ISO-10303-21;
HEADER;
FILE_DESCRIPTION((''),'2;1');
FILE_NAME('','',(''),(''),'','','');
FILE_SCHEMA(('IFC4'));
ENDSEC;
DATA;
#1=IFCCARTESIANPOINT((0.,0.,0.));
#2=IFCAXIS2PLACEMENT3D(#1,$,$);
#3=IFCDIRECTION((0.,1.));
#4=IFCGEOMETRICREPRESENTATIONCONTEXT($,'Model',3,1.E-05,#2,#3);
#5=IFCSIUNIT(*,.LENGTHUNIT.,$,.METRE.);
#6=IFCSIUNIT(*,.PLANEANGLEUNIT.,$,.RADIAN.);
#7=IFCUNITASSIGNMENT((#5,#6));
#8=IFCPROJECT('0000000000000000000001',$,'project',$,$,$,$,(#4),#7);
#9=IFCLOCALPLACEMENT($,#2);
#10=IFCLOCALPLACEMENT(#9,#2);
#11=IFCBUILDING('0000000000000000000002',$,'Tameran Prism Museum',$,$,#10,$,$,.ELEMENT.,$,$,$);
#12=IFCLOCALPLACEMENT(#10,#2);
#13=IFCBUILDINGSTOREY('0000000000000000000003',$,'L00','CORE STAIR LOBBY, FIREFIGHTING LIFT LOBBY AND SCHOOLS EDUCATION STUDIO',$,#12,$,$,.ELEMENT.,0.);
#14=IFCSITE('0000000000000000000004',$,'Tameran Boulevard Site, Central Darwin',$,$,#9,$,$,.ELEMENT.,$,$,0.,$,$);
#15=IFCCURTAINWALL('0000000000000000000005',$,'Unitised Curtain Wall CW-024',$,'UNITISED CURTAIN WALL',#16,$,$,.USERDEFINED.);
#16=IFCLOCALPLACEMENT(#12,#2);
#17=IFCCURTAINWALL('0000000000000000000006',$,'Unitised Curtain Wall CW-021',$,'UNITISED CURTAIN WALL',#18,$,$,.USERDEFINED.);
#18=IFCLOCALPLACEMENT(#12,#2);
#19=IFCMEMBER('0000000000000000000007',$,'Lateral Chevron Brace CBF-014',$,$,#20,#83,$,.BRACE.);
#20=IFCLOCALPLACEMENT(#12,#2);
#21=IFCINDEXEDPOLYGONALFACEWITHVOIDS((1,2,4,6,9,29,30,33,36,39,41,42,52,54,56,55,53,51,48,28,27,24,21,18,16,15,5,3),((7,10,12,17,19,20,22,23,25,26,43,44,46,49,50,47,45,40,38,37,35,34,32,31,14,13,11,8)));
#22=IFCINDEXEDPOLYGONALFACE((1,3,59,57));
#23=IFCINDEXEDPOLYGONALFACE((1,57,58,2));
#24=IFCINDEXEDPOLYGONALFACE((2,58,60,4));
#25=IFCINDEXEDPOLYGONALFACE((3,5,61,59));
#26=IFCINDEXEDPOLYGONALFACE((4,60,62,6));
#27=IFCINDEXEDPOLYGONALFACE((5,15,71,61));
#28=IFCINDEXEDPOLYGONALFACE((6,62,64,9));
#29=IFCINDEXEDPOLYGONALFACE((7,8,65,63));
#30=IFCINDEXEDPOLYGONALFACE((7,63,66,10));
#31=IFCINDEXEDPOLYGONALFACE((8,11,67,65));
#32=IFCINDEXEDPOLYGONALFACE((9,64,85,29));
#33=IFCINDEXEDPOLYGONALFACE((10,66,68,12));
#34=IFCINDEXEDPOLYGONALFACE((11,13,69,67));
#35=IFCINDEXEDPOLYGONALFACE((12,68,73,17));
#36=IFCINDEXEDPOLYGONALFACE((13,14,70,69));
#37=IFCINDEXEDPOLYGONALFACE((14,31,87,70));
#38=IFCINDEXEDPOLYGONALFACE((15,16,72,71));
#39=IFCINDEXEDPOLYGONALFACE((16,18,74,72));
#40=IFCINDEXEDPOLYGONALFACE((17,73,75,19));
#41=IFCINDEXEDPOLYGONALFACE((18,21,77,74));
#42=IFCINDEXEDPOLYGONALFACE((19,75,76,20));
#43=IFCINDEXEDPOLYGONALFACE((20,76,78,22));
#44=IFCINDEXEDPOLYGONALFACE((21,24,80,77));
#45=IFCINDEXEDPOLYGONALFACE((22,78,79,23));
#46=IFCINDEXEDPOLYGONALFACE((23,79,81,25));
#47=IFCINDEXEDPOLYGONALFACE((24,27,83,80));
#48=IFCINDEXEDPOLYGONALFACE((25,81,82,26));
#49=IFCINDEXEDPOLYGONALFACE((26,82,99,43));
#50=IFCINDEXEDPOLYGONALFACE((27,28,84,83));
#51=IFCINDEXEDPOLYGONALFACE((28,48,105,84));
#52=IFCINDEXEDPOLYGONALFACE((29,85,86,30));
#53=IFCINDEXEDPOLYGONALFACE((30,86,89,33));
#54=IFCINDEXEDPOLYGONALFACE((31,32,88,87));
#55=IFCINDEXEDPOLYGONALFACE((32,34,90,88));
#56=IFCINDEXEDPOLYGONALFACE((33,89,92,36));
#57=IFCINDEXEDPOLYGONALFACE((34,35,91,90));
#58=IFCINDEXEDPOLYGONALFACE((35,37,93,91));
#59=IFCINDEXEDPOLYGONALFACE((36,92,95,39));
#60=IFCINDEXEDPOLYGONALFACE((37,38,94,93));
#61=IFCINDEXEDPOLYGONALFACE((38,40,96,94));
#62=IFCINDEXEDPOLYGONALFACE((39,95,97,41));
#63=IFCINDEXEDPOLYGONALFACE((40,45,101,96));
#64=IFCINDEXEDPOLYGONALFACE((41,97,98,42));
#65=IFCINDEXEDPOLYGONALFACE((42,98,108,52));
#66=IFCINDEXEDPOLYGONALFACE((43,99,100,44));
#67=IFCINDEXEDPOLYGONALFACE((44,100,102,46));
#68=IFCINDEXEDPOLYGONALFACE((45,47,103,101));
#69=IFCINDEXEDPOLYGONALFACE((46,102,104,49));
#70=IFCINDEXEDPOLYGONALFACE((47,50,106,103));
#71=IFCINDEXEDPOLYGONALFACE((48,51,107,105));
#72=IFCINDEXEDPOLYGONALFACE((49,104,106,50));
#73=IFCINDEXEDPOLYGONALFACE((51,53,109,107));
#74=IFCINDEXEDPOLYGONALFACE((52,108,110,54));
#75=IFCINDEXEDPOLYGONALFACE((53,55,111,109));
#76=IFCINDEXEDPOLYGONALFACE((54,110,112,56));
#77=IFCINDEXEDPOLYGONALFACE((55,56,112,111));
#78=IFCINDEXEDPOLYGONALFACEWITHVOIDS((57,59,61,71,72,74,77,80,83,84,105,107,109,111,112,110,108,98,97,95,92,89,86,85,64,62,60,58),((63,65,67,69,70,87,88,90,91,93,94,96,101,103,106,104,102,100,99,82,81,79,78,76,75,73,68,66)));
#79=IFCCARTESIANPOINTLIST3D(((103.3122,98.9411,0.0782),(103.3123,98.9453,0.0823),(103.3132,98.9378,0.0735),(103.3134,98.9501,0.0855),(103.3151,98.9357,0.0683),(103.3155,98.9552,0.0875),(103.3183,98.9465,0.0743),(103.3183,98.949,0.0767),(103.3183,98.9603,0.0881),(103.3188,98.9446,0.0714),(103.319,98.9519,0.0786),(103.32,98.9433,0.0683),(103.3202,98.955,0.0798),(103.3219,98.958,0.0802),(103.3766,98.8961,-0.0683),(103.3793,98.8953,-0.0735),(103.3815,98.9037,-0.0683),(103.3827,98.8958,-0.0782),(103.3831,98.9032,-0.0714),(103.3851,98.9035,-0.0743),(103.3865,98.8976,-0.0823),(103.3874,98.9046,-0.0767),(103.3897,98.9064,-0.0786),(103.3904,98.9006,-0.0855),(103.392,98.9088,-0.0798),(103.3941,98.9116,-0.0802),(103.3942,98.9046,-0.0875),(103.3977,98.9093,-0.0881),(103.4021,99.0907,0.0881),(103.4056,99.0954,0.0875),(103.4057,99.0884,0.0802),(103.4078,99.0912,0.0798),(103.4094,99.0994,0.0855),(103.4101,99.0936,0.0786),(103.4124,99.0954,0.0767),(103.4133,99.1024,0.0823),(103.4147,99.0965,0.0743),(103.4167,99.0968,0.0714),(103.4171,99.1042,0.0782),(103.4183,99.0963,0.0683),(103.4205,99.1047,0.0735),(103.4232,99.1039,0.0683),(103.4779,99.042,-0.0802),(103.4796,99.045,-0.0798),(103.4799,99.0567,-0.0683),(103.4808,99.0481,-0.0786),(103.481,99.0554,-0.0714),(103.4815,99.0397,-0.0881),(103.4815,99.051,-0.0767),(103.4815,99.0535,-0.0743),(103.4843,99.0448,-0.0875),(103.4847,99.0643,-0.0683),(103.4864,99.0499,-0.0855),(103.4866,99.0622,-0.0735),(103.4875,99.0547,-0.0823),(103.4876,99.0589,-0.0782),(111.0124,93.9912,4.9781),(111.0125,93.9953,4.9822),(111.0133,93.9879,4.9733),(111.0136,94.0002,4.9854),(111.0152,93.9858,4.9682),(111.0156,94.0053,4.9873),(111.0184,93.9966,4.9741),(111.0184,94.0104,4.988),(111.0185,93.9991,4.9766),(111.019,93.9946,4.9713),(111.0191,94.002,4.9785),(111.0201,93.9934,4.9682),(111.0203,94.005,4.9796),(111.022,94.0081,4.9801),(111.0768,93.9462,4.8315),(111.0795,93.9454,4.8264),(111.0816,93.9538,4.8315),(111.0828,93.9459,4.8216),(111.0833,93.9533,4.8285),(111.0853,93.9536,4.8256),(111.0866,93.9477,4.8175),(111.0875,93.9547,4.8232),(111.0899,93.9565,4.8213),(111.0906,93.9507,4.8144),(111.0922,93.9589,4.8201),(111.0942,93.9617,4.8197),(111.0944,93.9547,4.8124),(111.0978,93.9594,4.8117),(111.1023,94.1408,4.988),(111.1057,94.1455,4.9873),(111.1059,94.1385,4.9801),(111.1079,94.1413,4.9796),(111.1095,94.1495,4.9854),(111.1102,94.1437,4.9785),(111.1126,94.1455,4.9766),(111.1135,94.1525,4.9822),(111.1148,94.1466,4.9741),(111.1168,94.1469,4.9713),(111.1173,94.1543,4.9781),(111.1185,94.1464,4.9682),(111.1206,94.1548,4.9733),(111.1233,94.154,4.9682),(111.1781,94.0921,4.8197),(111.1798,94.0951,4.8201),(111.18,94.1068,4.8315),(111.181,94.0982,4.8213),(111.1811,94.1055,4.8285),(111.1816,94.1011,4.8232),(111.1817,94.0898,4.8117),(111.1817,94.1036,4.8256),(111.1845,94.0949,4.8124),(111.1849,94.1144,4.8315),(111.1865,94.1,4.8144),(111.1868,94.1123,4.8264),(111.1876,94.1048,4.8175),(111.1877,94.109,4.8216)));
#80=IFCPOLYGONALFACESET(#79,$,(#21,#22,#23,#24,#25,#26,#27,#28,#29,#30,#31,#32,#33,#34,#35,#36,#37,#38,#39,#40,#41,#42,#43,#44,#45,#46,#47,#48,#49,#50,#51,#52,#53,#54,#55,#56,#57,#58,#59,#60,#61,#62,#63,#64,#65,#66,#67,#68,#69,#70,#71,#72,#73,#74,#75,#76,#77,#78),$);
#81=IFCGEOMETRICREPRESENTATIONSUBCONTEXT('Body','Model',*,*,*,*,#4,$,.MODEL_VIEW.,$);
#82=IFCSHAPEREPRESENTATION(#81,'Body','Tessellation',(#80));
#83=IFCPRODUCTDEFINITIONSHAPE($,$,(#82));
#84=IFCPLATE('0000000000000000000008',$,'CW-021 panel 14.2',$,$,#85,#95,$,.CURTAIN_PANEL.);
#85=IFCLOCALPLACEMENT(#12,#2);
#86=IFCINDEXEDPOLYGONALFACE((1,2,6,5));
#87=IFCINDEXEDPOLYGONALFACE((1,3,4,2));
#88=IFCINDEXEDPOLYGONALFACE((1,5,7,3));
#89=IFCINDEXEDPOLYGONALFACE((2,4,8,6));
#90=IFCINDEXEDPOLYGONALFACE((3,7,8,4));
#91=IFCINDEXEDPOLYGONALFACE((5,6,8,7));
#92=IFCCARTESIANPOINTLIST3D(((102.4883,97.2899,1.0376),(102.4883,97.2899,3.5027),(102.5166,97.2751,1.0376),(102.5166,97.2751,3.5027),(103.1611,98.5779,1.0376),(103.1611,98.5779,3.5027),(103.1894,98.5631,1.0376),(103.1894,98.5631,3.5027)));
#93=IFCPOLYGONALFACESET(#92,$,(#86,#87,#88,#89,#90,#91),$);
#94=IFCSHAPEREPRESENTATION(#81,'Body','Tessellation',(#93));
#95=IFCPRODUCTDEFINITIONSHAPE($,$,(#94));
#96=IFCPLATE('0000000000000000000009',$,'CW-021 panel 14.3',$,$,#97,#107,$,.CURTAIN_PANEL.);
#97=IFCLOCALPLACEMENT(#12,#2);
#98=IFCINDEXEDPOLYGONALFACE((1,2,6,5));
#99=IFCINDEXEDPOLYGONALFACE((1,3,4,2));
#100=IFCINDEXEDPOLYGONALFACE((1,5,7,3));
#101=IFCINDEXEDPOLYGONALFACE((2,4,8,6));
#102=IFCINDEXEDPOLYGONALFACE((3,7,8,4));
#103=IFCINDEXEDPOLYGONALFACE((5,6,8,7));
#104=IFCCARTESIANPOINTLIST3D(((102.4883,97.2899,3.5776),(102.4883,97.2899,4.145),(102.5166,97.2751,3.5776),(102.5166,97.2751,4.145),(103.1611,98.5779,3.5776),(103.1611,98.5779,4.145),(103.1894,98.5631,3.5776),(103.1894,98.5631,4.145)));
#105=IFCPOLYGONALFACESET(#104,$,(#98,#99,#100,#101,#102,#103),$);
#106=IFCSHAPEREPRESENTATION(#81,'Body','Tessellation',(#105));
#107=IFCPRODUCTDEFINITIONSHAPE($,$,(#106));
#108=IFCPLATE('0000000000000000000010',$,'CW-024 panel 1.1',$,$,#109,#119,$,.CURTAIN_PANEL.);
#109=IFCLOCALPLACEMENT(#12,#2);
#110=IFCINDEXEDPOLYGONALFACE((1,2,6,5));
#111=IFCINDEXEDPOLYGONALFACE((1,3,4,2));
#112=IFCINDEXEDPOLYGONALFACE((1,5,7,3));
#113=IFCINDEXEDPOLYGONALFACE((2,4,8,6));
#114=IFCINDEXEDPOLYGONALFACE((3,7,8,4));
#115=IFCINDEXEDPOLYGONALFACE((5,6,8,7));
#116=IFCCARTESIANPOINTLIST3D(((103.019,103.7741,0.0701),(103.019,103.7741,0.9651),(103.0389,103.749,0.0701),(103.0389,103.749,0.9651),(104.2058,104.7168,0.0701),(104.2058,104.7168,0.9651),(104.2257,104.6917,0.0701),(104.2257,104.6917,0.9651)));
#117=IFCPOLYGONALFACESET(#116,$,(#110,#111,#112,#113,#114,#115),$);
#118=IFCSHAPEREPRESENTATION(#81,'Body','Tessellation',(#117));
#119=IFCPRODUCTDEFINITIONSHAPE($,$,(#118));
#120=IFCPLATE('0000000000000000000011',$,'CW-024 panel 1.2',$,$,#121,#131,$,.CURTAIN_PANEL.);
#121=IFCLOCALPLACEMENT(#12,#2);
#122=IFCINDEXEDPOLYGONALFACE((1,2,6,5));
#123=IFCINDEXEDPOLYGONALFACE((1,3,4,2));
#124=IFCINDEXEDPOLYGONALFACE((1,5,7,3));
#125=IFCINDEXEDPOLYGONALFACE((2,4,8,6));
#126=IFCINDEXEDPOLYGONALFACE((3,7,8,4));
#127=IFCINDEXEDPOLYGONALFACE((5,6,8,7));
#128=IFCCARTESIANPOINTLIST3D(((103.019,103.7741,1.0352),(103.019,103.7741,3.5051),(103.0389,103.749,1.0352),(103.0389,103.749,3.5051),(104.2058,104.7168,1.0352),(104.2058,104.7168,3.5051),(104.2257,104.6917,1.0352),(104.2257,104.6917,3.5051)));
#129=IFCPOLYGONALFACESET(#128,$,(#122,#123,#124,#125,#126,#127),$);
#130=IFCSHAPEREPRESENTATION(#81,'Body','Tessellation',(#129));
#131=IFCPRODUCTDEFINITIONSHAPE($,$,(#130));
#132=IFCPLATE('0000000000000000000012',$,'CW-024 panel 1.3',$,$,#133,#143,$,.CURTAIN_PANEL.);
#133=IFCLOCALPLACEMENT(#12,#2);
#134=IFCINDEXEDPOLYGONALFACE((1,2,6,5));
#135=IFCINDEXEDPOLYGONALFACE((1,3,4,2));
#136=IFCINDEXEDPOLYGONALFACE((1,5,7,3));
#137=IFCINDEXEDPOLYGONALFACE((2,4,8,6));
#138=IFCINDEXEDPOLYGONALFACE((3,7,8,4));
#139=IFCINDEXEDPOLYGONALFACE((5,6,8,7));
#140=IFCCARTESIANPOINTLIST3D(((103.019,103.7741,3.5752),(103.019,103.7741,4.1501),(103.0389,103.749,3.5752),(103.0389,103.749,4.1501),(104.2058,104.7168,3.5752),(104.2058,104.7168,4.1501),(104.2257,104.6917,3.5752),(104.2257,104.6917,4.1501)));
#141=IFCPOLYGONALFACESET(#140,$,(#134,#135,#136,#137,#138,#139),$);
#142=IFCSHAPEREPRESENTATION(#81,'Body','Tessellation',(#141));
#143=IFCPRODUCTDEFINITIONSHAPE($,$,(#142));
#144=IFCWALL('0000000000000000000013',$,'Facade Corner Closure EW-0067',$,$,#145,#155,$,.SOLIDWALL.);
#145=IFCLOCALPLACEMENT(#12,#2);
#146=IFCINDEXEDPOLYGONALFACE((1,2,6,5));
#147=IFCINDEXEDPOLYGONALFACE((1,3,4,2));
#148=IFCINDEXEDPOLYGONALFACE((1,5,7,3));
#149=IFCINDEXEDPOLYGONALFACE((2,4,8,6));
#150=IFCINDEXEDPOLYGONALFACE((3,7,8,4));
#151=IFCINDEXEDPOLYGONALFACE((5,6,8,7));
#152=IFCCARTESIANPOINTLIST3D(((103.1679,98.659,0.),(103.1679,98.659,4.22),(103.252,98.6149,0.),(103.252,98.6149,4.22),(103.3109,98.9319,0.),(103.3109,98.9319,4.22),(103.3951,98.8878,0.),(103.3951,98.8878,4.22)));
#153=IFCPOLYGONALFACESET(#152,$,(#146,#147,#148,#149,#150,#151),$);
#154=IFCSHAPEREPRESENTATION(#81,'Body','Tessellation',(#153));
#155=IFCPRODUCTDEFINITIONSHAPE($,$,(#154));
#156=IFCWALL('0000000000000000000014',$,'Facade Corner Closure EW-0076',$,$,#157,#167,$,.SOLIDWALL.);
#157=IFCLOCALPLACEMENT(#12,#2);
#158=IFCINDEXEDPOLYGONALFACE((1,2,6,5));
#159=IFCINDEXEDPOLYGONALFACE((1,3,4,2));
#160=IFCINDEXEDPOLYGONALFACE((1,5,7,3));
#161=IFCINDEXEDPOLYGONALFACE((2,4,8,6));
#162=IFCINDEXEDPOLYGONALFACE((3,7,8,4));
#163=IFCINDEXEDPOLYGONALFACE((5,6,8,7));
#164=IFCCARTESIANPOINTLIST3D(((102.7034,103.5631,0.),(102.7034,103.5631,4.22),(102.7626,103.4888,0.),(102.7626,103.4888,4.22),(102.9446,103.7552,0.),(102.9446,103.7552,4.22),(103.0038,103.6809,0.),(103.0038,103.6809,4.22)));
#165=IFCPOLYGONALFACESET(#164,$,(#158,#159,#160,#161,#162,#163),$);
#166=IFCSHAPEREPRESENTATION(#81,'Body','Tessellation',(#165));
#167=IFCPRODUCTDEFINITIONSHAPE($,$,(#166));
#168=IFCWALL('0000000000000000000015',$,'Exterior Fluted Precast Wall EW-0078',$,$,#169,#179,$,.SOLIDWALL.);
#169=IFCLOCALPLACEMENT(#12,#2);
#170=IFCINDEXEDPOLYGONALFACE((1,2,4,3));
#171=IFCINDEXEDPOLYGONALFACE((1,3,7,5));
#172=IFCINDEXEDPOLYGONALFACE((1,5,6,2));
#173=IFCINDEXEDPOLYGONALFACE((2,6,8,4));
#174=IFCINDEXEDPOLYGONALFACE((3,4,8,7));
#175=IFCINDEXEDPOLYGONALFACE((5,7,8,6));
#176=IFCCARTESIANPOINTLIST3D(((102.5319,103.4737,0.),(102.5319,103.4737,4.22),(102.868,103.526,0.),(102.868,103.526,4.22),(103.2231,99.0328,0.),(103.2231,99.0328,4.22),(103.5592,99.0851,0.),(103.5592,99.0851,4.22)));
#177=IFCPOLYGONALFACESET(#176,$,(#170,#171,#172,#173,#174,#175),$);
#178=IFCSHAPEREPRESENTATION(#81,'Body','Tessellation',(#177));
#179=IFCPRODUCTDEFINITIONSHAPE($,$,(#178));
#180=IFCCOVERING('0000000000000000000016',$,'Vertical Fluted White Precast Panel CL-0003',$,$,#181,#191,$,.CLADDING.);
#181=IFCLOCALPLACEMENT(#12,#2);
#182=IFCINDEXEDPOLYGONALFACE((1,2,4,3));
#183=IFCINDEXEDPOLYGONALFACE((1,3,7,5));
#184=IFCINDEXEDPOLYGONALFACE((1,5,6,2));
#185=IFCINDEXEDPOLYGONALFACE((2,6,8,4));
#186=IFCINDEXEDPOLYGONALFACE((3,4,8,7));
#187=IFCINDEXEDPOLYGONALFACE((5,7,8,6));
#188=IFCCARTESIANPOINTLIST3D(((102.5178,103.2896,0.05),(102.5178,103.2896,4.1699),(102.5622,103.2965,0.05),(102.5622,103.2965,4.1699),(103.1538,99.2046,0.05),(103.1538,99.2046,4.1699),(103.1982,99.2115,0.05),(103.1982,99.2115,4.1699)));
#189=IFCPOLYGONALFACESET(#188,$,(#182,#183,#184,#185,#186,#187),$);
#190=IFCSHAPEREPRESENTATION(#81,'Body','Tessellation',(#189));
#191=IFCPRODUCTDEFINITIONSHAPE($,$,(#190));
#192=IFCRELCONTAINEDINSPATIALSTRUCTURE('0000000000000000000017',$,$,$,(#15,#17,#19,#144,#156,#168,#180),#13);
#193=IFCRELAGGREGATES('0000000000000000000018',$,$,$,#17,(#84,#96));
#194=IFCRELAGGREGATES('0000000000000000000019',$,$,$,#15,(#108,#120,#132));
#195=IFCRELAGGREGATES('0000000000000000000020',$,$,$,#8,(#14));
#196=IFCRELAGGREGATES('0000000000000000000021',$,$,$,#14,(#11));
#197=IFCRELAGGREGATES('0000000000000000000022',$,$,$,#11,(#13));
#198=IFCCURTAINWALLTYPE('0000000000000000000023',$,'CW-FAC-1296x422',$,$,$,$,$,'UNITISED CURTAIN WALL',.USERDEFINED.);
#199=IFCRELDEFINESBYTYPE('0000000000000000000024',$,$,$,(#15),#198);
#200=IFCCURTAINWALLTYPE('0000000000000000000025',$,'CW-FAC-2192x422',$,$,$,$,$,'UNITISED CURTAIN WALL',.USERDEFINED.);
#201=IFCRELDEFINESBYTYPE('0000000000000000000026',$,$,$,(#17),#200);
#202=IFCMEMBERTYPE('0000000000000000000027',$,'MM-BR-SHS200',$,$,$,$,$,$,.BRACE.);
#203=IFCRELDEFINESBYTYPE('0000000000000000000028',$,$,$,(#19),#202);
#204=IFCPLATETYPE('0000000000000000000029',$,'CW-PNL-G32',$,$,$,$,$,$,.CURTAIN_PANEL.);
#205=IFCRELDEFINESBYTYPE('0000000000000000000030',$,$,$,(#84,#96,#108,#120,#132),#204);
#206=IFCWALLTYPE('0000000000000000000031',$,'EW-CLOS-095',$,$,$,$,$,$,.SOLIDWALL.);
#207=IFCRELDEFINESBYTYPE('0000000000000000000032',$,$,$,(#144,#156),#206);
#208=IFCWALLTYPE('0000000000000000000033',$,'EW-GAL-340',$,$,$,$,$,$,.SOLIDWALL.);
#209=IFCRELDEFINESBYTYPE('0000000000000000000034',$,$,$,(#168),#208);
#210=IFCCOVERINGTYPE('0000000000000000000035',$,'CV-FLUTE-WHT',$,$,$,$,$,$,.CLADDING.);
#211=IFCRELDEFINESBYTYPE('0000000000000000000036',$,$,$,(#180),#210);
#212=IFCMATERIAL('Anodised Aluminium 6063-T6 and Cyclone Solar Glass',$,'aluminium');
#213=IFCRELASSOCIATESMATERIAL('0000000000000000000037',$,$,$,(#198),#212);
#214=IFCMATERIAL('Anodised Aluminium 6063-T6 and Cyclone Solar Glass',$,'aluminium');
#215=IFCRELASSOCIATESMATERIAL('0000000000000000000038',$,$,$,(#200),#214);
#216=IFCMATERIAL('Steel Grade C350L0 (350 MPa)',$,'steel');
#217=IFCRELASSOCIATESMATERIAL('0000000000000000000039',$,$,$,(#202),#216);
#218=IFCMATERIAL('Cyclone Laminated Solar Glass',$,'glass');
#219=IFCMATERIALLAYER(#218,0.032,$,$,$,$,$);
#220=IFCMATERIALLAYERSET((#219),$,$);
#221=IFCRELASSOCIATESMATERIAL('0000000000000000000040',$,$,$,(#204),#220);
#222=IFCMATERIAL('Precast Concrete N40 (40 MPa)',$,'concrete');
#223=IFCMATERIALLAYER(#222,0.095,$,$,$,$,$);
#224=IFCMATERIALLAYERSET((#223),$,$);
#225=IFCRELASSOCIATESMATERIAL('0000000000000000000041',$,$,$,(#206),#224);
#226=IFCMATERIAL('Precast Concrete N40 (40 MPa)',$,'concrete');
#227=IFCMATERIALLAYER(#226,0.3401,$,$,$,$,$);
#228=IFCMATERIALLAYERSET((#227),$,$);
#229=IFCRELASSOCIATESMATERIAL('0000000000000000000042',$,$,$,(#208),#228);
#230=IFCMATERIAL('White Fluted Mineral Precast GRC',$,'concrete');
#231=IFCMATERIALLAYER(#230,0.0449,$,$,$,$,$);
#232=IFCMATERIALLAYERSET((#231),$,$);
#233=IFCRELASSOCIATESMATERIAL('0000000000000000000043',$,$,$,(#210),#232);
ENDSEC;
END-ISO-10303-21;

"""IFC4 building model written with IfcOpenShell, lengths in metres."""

from ifc_helpers import new_model, si_unit, direction, frame, frame_2d, origin, origin_2d, place, context, subcontext, project, spatial, rectangle, hollow_rectangle, extrude, material, layer, layer_set, material_profile, profile_set, type_object, element, aggregate, save


model = new_model("IFC4")

# Units and contexts
model_context = context("Model", 3, precision=1e-05, world=origin(), true_north=direction((0.0, 1.0)))
body_context = subcontext(model_context, "Body", "Model", "MODEL_VIEW")
ifc_project = project(units=[si_unit("LENGTHUNIT", "METRE"), si_unit("PLANEANGLEUNIT", "RADIAN")], contexts=[model_context])

# Site, building, storey
site_placement = place(None, origin())
site = spatial("IfcSite", under=ifc_project, at=site_placement, Name="Tameran Boulevard Site, Central Darwin", CompositionType="ELEMENT", RefElevation=0.0)
building_placement = place(site_placement, origin())
building = spatial("IfcBuilding", under=site, at=building_placement, Name="Tameran Prism Museum", CompositionType="ELEMENT")
storey_placement = place(building_placement, origin())
storey = spatial("IfcBuildingStorey", under=building, at=storey_placement, Name="L00", Description="CORE STAIR LOBBY, FIREFIGHTING LIFT LOBBY AND SCHOOLS EDUCATION STUDIO", CompositionType="ELEMENT", Elevation=0.0)

# Curtain wall
ifc_material_1 = material(Name="Anodised Aluminium 6063-T6 and Cyclone Solar Glass", Category="aluminium")
curtain_wall_type_1 = type_object("IfcCurtainWallType", Name="CW-FAC-1296x422", ElementType="UNITISED CURTAIN WALL", PredefinedType="USERDEFINED", material=ifc_material_1)
curtain_wall_1_placement = place(storey_placement, origin())
curtain_wall_1 = element("IfcCurtainWall", 1, at=curtain_wall_1_placement, inside=storey, type_object=curtain_wall_type_1, Name="Unitised Curtain Wall CW-024", ObjectType="UNITISED CURTAIN WALL", PredefinedType="USERDEFINED")

# Curtain wall
ifc_material_2 = material(Name="Anodised Aluminium 6063-T6 and Cyclone Solar Glass", Category="aluminium")
curtain_wall_type_2 = type_object("IfcCurtainWallType", Name="CW-FAC-2192x422", ElementType="UNITISED CURTAIN WALL", PredefinedType="USERDEFINED", material=ifc_material_2)
curtain_wall_2_placement = place(storey_placement, origin())
curtain_wall_2 = element("IfcCurtainWall", 2, at=curtain_wall_2_placement, inside=storey, type_object=curtain_wall_type_2, Name="Unitised Curtain Wall CW-021", ObjectType="UNITISED CURTAIN WALL", PredefinedType="USERDEFINED")

# Member
ifc_material_3 = material(Name="Steel Grade C350L0 (350 MPa)", Category="steel")
ifc_material_profile_1 = material_profile(ifc_material_3, hollow_rectangle(XDim=0.2, YDim=0.2, WallThickness=0.009, InnerFilletRadius=0.0134, OuterFilletRadius=0.0225, at=origin_2d()))
ifc_profile_set_1 = profile_set([ifc_material_profile_1])
member_type_1 = type_object("IfcMemberType", Name="MM-BR-SHS200", PredefinedType="BRACE", material=ifc_profile_set_1)
member_1_placement = place(storey_placement, frame((103.3999, 99.0, 0.0), z_axis=(0.741625, -0.476742, 0.471922), x_axis=(0.540744, 0.841187, 0.0)))
element("IfcMember", 3, at=member_1_placement, inside=storey, type_object=member_type_1, Name="Lateral Chevron Brace CBF-014", PredefinedType="BRACE", context=body_context, shape_type="SweptSolid", body=[
    extrude(hollow_rectangle(XDim=0.2, YDim=0.2, WallThickness=0.009, InnerFilletRadius=0.0134, OuterFilletRadius=0.0225, at=origin_2d()), origin(), (0.0, 0.0, 1.0), 10.3828),
])

# Plates
ifc_material_4 = material(Name="Cyclone Laminated Solar Glass", Category="glass")
ifc_layer_1 = layer(ifc_material_4, 0.032)
ifc_layer_set_1 = layer_set([ifc_layer_1])
plate_type = type_object("IfcPlateType", Name="CW-PNL-G32", PredefinedType="CURTAIN_PANEL", material=ifc_layer_set_1)
plate_1_placement = place(storey_placement, frame((102.8389, 97.9265, 1.0376), z_axis=(0.0, 0.0, 1.0), x_axis=(0.463003, 0.886357, 0.0)))
plate_1 = element("IfcPlate", 4, at=plate_1_placement, type_object=plate_type, Name="CW-021 panel 14.2", PredefinedType="CURTAIN_PANEL", context=body_context, shape_type="SweptSolid", body=[
    extrude(rectangle(XDim=1.4531, YDim=0.032, at=origin_2d()), origin(), (0.0, 0.0, 1.0), 2.4651),
])
plate_2_placement = place(storey_placement, frame((102.8389, 97.9265, 3.5776), z_axis=(0.0, 0.0, 1.0), x_axis=(0.463003, 0.886357, 0.0)))
plate_2 = element("IfcPlate", 5, at=plate_2_placement, type_object=plate_type, Name="CW-021 panel 14.3", PredefinedType="CURTAIN_PANEL", context=body_context, shape_type="SweptSolid", body=[
    extrude(rectangle(XDim=1.4531, YDim=0.032, at=origin_2d()), origin(), (0.0, 0.0, 1.0), 0.5674),
])
aggregate(curtain_wall_2, [plate_1, plate_2])
plate_3_placement = place(storey_placement, frame((103.6223, 104.2329, 0.0701), z_axis=(0.0, 0.0, 1.0), x_axis=(0.783031, 0.621982, 0.0)))
plate_3 = element("IfcPlate", 6, at=plate_3_placement, type_object=plate_type, Name="CW-024 panel 1.1", PredefinedType="CURTAIN_PANEL", context=body_context, shape_type="SweptSolid", body=[
    extrude(rectangle(XDim=1.5156, YDim=0.032, at=origin_2d()), origin(), (0.0, 0.0, 1.0), 0.895),
])
plate_4_placement = place(storey_placement, frame((103.6223, 104.2329, 1.0352), z_axis=(0.0, 0.0, 1.0), x_axis=(0.783031, 0.621982, 0.0)))
plate_4 = element("IfcPlate", 7, at=plate_4_placement, type_object=plate_type, Name="CW-024 panel 1.2", PredefinedType="CURTAIN_PANEL", context=body_context, shape_type="SweptSolid", body=[
    extrude(rectangle(XDim=1.5156, YDim=0.032, at=origin_2d()), origin(), (0.0, 0.0, 1.0), 2.47),
])
plate_5_placement = place(storey_placement, frame((103.6223, 104.2329, 3.5752), z_axis=(0.0, 0.0, 1.0), x_axis=(0.783031, 0.621982, 0.0)))
plate_5 = element("IfcPlate", 8, at=plate_5_placement, type_object=plate_type, Name="CW-024 panel 1.3", PredefinedType="CURTAIN_PANEL", context=body_context, shape_type="SweptSolid", body=[
    extrude(rectangle(XDim=1.5156, YDim=0.032, at=origin_2d()), origin(), (0.0, 0.0, 1.0), 0.575),
])
aggregate(curtain_wall_1, [plate_3, plate_4, plate_5])

# Walls
ifc_material_5 = material(Name="Precast Concrete N40 (40 MPa)", Category="concrete")
ifc_layer_2 = layer(ifc_material_5, 0.095)
ifc_layer_set_2 = layer_set([ifc_layer_2])
wall_type_1 = type_object("IfcWallType", Name="EW-CLOS-095", PredefinedType="SOLIDWALL", material=ifc_layer_set_2)
wall_1_placement = place(storey_placement, frame((103.21, 98.637, 0.0), z_axis=(0.0, 0.0, 1.0), x_axis=(0.464244, 0.885707, 0.0)))
element("IfcWall", 9, at=wall_1_placement, inside=storey, type_object=wall_type_1, Name="Facade Corner Closure EW-0067", PredefinedType="SOLIDWALL", context=body_context, shape_type="SweptSolid", body=[
    extrude(rectangle(XDim=0.3081, YDim=0.095, at=frame_2d((0.1541, 0.0))), origin(), (0.0, 0.0, 1.0), 4.22),
])
wall_2_placement = place(storey_placement, frame((102.7329, 103.5259, 0.0), z_axis=(0.0, 0.0, 1.0), x_axis=(0.78218, 0.623052, 0.0)))
element("IfcWall", 10, at=wall_2_placement, inside=storey, type_object=wall_type_1, Name="Facade Corner Closure EW-0076", PredefinedType="SOLIDWALL", context=body_context, shape_type="SweptSolid", body=[
    extrude(rectangle(XDim=0.3083, YDim=0.095, at=frame_2d((0.1543, 0.0))), origin(), (0.0, 0.0, 1.0), 4.22),
])
ifc_material_6 = material(Name="Precast Concrete N40 (40 MPa)", Category="concrete")
ifc_layer_3 = layer(ifc_material_6, 0.3401)
ifc_layer_set_3 = layer_set([ifc_layer_3])
wall_type_2 = type_object("IfcWallType", Name="EW-GAL-340", PredefinedType="SOLIDWALL", material=ifc_layer_set_3)
wall_3_placement = place(storey_placement, frame((103.3911, 99.0591, 0.0), z_axis=(0.0, 0.0, 1.0), x_axis=(-0.153784, 0.988105, 0.0)))
element("IfcWall", 11, at=wall_3_placement, inside=storey, type_object=wall_type_2, Name="Exterior Fluted Precast Wall EW-0078", PredefinedType="SOLIDWALL", context=body_context, shape_type="SweptSolid", body=[
    extrude(rectangle(XDim=4.4944, YDim=0.3401, at=frame_2d((2.2471, 0.0))), origin(), (0.0, 0.0, 1.0), 4.22),
])

# Covering
ifc_material_7 = material(Name="White Fluted Mineral Precast GRC", Category="concrete")
ifc_layer_4 = layer(ifc_material_7, 0.0449)
ifc_layer_set_4 = layer_set([ifc_layer_4])
covering_type = type_object("IfcCoveringType", Name="CV-FLUTE-WHT", PredefinedType="CLADDING", material=ifc_layer_set_4)
covering_placement = place(storey_placement, frame((103.176, 99.208, 0.05), z_axis=(0.0, 0.0, 1.0), x_axis=(-0.153836, 0.988096, 0.0)))
element("IfcCovering", 12, at=covering_placement, inside=storey, type_object=covering_type, Name="Vertical Fluted White Precast Panel CL-0003", PredefinedType="CLADDING", context=body_context, shape_type="SweptSolid", body=[
    extrude(rectangle(XDim=4.1343, YDim=0.0449, at=frame_2d((2.0671, 0.0))), origin(), (0.0, 0.0, 1.0), 4.1199),
])

save(model, "model.ifc")
